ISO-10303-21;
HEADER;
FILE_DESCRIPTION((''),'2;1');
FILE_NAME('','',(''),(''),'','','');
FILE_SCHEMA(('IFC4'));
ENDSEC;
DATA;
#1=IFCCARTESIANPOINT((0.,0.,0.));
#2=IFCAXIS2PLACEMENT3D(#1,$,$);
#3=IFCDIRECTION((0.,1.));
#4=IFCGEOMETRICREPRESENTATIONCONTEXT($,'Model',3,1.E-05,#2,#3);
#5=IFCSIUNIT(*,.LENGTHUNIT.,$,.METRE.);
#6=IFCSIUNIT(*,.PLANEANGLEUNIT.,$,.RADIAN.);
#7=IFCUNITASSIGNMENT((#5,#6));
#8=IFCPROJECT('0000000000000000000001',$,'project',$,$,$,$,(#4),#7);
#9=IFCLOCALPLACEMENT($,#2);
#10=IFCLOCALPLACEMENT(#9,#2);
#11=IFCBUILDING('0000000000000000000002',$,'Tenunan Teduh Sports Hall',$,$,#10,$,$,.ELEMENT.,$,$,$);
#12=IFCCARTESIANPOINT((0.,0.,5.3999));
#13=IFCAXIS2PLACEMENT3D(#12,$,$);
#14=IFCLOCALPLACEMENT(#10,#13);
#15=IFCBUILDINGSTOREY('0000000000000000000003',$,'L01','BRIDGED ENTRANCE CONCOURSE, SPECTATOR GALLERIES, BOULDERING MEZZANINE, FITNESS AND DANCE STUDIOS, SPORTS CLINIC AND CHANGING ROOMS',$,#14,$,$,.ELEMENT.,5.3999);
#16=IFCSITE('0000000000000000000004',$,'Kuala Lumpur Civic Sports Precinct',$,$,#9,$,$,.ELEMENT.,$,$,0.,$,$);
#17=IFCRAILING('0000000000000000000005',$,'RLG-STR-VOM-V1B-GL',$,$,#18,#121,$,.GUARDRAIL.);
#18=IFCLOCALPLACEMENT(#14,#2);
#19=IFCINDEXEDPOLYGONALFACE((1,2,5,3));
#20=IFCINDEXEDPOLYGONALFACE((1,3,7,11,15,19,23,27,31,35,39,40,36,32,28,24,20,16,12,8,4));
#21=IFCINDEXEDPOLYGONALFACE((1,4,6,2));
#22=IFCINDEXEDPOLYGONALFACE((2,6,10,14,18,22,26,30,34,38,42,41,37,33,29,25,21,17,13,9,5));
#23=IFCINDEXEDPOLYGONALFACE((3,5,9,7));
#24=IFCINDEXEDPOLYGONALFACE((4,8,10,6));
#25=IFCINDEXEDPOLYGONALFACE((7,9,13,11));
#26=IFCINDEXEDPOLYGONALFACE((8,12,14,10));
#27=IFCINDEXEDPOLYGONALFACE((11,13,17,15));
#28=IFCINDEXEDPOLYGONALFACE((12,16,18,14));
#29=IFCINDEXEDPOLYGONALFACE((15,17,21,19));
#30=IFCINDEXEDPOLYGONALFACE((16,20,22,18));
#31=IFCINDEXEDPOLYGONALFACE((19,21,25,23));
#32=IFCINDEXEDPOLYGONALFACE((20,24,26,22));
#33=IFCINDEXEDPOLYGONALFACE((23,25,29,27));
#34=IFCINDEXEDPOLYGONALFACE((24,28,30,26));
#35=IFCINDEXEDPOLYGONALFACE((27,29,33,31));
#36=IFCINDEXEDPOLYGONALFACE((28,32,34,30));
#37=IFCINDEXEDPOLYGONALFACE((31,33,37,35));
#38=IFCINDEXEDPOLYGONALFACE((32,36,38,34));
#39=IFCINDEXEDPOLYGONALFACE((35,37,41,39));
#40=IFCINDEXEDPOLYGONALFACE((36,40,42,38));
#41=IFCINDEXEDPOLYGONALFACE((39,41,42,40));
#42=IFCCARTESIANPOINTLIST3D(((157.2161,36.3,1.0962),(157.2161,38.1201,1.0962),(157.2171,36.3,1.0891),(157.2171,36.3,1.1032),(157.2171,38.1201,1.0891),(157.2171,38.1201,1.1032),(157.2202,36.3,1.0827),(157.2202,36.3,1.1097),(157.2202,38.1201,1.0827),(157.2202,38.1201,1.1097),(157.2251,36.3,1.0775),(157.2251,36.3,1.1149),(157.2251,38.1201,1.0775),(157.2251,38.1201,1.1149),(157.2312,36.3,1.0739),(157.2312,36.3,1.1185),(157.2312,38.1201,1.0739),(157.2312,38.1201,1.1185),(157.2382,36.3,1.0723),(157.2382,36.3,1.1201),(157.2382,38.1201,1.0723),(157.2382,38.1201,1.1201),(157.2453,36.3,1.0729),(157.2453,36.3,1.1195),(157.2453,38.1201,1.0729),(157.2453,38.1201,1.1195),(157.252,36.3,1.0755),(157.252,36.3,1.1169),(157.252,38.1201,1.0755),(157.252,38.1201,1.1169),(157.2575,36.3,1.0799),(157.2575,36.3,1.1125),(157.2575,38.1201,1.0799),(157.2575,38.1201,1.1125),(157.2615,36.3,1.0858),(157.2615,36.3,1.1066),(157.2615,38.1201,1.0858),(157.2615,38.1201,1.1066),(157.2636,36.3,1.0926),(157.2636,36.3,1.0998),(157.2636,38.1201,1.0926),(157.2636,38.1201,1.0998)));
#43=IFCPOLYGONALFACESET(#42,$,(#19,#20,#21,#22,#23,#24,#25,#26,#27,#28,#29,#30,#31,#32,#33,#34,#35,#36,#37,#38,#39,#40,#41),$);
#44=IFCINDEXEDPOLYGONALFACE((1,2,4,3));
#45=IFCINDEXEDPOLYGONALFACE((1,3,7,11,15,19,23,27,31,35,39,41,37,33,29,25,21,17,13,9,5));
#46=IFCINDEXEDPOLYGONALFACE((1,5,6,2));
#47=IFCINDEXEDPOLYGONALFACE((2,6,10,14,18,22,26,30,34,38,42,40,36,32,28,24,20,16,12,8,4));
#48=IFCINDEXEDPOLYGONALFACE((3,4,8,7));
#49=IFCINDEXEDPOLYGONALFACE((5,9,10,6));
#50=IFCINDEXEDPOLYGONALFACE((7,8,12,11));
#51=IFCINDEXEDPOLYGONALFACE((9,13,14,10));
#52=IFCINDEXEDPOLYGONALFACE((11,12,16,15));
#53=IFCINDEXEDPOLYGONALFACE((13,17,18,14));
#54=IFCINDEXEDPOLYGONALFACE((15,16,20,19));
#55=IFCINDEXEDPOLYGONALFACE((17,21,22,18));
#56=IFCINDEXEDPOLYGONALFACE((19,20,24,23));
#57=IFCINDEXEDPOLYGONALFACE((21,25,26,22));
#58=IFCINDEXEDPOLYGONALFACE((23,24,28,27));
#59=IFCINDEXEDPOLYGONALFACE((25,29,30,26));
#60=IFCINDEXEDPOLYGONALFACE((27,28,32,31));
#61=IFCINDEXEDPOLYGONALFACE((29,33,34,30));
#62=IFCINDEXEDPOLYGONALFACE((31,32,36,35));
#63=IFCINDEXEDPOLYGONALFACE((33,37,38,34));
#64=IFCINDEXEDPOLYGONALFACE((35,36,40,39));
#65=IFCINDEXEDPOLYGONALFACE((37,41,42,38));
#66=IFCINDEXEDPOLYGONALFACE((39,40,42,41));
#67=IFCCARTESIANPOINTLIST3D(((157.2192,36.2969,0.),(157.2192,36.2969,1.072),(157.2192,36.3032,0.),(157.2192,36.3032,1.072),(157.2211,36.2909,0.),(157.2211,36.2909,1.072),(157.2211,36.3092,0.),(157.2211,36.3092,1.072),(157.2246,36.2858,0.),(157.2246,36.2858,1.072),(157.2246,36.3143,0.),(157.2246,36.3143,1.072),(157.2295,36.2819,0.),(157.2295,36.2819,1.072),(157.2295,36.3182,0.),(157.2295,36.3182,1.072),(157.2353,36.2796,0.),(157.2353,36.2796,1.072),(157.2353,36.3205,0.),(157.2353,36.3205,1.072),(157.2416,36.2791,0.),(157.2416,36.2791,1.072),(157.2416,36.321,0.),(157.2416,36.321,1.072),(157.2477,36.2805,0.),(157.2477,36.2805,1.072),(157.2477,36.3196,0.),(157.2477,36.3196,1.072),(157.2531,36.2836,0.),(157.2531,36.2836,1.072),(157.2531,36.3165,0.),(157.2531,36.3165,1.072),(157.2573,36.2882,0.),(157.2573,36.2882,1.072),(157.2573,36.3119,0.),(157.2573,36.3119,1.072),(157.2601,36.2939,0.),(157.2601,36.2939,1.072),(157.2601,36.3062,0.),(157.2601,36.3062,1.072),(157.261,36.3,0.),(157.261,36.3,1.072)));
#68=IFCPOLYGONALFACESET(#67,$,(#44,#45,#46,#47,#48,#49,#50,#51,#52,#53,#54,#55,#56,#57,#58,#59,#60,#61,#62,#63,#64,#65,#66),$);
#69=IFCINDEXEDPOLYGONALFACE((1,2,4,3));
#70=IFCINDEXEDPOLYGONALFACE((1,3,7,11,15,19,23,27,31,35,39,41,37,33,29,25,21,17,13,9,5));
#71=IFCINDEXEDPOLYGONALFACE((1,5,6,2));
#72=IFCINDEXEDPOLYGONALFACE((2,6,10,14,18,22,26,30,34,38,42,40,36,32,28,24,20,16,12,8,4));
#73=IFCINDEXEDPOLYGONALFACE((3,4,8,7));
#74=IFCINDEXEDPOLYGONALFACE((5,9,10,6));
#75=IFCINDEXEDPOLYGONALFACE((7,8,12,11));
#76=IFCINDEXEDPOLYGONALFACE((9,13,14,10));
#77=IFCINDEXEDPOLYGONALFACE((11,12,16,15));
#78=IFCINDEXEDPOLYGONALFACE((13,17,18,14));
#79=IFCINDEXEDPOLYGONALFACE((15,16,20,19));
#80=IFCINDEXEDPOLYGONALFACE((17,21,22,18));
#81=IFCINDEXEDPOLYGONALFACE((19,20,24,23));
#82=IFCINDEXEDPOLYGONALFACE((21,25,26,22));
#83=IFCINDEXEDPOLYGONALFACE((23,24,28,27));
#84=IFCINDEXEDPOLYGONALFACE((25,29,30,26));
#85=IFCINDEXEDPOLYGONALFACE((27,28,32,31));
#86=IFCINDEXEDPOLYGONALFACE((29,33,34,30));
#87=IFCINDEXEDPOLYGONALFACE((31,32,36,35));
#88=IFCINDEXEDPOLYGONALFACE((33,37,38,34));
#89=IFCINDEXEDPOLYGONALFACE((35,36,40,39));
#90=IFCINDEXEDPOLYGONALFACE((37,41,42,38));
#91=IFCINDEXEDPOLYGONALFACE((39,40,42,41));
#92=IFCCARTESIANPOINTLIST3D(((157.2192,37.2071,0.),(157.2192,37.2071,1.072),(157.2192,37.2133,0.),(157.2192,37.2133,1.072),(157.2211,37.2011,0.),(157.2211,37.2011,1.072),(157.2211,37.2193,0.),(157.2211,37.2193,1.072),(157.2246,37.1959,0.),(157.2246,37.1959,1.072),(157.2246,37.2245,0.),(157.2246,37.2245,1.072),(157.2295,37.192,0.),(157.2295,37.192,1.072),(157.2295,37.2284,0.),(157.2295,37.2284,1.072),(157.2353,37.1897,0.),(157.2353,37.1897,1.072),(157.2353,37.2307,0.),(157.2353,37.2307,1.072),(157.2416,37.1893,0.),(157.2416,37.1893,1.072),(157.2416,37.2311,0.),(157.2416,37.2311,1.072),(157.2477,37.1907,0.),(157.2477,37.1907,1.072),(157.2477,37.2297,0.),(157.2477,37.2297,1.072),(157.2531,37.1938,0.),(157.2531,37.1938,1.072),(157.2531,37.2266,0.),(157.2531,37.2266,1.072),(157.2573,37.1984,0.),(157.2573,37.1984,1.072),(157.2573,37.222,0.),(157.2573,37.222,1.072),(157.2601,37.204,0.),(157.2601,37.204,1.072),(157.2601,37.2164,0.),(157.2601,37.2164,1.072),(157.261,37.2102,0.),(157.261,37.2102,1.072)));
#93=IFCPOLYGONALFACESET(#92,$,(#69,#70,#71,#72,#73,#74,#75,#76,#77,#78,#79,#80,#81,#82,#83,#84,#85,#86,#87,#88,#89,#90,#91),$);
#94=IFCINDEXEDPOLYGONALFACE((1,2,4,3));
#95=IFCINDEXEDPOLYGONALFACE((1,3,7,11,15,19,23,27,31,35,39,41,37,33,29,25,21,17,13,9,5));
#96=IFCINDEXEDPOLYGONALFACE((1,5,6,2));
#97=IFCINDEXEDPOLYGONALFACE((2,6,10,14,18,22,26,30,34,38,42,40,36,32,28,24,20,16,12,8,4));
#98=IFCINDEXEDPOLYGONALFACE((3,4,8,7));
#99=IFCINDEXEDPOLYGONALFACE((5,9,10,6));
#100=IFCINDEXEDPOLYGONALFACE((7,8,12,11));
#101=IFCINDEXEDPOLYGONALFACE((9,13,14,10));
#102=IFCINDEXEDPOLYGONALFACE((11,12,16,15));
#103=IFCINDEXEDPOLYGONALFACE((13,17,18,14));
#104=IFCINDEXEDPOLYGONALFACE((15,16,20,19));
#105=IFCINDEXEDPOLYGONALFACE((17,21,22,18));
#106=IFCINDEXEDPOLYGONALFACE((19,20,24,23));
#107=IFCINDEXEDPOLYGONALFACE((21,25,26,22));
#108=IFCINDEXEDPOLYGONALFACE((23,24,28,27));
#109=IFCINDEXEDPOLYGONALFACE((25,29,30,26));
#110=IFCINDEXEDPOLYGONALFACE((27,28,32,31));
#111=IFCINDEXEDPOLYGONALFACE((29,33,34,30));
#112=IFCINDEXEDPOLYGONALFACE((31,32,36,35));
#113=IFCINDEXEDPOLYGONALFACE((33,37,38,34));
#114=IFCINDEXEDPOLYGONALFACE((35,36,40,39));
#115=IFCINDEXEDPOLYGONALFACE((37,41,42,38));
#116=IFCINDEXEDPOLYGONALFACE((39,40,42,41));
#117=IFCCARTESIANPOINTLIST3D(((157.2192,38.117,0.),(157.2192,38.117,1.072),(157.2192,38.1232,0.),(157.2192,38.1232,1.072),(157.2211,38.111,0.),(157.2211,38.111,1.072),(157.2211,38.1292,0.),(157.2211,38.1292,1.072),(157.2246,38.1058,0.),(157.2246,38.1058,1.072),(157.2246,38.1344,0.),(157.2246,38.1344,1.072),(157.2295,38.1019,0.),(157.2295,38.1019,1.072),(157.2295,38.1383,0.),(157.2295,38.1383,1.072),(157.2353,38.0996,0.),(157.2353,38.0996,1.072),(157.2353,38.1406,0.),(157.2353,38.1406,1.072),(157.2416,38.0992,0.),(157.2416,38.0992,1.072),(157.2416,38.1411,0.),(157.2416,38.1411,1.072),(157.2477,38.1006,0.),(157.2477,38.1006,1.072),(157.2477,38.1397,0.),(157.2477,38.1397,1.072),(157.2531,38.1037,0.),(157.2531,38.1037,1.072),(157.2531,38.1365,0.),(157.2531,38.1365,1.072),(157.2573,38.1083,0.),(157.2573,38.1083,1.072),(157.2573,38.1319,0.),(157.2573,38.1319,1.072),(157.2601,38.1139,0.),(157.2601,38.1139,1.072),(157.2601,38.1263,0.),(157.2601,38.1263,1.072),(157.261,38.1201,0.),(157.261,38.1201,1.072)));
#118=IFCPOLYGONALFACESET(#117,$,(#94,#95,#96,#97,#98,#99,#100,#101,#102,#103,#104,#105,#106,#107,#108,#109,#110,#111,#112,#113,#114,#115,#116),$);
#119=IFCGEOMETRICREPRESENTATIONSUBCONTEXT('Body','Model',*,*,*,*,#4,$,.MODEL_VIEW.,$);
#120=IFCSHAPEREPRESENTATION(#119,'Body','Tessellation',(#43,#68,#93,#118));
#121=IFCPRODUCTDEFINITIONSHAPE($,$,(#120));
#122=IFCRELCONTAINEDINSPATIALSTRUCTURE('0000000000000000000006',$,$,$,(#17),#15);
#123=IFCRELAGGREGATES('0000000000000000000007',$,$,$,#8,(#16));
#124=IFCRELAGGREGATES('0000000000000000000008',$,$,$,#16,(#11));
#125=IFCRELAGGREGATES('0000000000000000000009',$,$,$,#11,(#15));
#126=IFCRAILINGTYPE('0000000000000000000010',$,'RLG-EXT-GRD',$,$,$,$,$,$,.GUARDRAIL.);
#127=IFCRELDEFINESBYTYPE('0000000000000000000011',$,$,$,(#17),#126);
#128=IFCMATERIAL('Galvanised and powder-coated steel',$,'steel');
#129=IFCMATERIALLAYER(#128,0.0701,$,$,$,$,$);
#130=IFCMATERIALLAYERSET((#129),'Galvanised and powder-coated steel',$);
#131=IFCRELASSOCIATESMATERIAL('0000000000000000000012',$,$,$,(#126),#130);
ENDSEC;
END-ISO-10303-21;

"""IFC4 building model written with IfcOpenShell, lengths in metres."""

from ifc_helpers import new_model, si_unit, direction, frame, origin, origin_2d, place, context, subcontext, project, spatial, circle, extrude, material, layer, layer_set, type_object, element, save


model = new_model("IFC4")

# Units and contexts
model_context = context("Model", 3, precision=1e-05, world=origin(), true_north=direction((0.0, 1.0)))
body_context = subcontext(model_context, "Body", "Model", "MODEL_VIEW")
ifc_project = project(units=[si_unit("LENGTHUNIT", "METRE"), si_unit("PLANEANGLEUNIT", "RADIAN")], contexts=[model_context])

# Site, building, storey
site_placement = place(None, origin())
site = spatial("IfcSite", under=ifc_project, at=site_placement, Name="Kuala Lumpur Civic Sports Precinct", CompositionType="ELEMENT", RefElevation=0.0)
building_placement = place(site_placement, origin())
building = spatial("IfcBuilding", under=site, at=building_placement, Name="Tenunan Teduh Sports Hall", CompositionType="ELEMENT")
storey_placement = place(building_placement, frame((0.0, 0.0, 5.3999)))
storey = spatial("IfcBuildingStorey", under=building, at=storey_placement, Name="L01", Description="BRIDGED ENTRANCE CONCOURSE, SPECTATOR GALLERIES, BOULDERING MEZZANINE, FITNESS AND DANCE STUDIOS, SPORTS CLINIC AND CHANGING ROOMS", CompositionType="ELEMENT", Elevation=5.3999)

# Railing
ifc_material_1 = material(Name="Galvanised and powder-coated steel", Category="steel")
ifc_layer_1 = layer(ifc_material_1, 0.0701)
ifc_layer_set_1 = layer_set([ifc_layer_1], Name="Galvanised and powder-coated steel")
railing_type_1 = type_object("IfcRailingType", Name="RLG-EXT-GRD", PredefinedType="GUARDRAIL", material=ifc_layer_set_1)
for number, where, name in (
    (1, (157.24, 36.3, 0.0), "RLG-STR-VOM-V1B-GL"),
):
    element("IfcRailing", number, at=place(storey_placement, frame(where)), inside=storey, type_object=railing_type_1, Name=name, PredefinedType="GUARDRAIL", context=body_context, shape_type="SweptSolid", body=[
        extrude(circle(Radius=0.0239, at=origin_2d()), frame((0.0, 0.0, 1.0962), z_axis=(0.0, 1.0, 0.0), x_axis=(-1.0, 0.0, 0.0)), (0.0, 0.0, 1.0), 1.8201),
        extrude(circle(Radius=0.021, at=origin_2d()), origin(), (0.0, 0.0, 1.0), 1.072),
        extrude(circle(Radius=0.021, at=origin_2d()), frame((0.0, 0.9102, 0.0)), (0.0, 0.0, 1.0), 1.072),
        extrude(circle(Radius=0.021, at=origin_2d()), frame((0.0, 1.8201, 0.0)), (0.0, 0.0, 1.0), 1.072),
    ])

save(model, "model.ifc")
